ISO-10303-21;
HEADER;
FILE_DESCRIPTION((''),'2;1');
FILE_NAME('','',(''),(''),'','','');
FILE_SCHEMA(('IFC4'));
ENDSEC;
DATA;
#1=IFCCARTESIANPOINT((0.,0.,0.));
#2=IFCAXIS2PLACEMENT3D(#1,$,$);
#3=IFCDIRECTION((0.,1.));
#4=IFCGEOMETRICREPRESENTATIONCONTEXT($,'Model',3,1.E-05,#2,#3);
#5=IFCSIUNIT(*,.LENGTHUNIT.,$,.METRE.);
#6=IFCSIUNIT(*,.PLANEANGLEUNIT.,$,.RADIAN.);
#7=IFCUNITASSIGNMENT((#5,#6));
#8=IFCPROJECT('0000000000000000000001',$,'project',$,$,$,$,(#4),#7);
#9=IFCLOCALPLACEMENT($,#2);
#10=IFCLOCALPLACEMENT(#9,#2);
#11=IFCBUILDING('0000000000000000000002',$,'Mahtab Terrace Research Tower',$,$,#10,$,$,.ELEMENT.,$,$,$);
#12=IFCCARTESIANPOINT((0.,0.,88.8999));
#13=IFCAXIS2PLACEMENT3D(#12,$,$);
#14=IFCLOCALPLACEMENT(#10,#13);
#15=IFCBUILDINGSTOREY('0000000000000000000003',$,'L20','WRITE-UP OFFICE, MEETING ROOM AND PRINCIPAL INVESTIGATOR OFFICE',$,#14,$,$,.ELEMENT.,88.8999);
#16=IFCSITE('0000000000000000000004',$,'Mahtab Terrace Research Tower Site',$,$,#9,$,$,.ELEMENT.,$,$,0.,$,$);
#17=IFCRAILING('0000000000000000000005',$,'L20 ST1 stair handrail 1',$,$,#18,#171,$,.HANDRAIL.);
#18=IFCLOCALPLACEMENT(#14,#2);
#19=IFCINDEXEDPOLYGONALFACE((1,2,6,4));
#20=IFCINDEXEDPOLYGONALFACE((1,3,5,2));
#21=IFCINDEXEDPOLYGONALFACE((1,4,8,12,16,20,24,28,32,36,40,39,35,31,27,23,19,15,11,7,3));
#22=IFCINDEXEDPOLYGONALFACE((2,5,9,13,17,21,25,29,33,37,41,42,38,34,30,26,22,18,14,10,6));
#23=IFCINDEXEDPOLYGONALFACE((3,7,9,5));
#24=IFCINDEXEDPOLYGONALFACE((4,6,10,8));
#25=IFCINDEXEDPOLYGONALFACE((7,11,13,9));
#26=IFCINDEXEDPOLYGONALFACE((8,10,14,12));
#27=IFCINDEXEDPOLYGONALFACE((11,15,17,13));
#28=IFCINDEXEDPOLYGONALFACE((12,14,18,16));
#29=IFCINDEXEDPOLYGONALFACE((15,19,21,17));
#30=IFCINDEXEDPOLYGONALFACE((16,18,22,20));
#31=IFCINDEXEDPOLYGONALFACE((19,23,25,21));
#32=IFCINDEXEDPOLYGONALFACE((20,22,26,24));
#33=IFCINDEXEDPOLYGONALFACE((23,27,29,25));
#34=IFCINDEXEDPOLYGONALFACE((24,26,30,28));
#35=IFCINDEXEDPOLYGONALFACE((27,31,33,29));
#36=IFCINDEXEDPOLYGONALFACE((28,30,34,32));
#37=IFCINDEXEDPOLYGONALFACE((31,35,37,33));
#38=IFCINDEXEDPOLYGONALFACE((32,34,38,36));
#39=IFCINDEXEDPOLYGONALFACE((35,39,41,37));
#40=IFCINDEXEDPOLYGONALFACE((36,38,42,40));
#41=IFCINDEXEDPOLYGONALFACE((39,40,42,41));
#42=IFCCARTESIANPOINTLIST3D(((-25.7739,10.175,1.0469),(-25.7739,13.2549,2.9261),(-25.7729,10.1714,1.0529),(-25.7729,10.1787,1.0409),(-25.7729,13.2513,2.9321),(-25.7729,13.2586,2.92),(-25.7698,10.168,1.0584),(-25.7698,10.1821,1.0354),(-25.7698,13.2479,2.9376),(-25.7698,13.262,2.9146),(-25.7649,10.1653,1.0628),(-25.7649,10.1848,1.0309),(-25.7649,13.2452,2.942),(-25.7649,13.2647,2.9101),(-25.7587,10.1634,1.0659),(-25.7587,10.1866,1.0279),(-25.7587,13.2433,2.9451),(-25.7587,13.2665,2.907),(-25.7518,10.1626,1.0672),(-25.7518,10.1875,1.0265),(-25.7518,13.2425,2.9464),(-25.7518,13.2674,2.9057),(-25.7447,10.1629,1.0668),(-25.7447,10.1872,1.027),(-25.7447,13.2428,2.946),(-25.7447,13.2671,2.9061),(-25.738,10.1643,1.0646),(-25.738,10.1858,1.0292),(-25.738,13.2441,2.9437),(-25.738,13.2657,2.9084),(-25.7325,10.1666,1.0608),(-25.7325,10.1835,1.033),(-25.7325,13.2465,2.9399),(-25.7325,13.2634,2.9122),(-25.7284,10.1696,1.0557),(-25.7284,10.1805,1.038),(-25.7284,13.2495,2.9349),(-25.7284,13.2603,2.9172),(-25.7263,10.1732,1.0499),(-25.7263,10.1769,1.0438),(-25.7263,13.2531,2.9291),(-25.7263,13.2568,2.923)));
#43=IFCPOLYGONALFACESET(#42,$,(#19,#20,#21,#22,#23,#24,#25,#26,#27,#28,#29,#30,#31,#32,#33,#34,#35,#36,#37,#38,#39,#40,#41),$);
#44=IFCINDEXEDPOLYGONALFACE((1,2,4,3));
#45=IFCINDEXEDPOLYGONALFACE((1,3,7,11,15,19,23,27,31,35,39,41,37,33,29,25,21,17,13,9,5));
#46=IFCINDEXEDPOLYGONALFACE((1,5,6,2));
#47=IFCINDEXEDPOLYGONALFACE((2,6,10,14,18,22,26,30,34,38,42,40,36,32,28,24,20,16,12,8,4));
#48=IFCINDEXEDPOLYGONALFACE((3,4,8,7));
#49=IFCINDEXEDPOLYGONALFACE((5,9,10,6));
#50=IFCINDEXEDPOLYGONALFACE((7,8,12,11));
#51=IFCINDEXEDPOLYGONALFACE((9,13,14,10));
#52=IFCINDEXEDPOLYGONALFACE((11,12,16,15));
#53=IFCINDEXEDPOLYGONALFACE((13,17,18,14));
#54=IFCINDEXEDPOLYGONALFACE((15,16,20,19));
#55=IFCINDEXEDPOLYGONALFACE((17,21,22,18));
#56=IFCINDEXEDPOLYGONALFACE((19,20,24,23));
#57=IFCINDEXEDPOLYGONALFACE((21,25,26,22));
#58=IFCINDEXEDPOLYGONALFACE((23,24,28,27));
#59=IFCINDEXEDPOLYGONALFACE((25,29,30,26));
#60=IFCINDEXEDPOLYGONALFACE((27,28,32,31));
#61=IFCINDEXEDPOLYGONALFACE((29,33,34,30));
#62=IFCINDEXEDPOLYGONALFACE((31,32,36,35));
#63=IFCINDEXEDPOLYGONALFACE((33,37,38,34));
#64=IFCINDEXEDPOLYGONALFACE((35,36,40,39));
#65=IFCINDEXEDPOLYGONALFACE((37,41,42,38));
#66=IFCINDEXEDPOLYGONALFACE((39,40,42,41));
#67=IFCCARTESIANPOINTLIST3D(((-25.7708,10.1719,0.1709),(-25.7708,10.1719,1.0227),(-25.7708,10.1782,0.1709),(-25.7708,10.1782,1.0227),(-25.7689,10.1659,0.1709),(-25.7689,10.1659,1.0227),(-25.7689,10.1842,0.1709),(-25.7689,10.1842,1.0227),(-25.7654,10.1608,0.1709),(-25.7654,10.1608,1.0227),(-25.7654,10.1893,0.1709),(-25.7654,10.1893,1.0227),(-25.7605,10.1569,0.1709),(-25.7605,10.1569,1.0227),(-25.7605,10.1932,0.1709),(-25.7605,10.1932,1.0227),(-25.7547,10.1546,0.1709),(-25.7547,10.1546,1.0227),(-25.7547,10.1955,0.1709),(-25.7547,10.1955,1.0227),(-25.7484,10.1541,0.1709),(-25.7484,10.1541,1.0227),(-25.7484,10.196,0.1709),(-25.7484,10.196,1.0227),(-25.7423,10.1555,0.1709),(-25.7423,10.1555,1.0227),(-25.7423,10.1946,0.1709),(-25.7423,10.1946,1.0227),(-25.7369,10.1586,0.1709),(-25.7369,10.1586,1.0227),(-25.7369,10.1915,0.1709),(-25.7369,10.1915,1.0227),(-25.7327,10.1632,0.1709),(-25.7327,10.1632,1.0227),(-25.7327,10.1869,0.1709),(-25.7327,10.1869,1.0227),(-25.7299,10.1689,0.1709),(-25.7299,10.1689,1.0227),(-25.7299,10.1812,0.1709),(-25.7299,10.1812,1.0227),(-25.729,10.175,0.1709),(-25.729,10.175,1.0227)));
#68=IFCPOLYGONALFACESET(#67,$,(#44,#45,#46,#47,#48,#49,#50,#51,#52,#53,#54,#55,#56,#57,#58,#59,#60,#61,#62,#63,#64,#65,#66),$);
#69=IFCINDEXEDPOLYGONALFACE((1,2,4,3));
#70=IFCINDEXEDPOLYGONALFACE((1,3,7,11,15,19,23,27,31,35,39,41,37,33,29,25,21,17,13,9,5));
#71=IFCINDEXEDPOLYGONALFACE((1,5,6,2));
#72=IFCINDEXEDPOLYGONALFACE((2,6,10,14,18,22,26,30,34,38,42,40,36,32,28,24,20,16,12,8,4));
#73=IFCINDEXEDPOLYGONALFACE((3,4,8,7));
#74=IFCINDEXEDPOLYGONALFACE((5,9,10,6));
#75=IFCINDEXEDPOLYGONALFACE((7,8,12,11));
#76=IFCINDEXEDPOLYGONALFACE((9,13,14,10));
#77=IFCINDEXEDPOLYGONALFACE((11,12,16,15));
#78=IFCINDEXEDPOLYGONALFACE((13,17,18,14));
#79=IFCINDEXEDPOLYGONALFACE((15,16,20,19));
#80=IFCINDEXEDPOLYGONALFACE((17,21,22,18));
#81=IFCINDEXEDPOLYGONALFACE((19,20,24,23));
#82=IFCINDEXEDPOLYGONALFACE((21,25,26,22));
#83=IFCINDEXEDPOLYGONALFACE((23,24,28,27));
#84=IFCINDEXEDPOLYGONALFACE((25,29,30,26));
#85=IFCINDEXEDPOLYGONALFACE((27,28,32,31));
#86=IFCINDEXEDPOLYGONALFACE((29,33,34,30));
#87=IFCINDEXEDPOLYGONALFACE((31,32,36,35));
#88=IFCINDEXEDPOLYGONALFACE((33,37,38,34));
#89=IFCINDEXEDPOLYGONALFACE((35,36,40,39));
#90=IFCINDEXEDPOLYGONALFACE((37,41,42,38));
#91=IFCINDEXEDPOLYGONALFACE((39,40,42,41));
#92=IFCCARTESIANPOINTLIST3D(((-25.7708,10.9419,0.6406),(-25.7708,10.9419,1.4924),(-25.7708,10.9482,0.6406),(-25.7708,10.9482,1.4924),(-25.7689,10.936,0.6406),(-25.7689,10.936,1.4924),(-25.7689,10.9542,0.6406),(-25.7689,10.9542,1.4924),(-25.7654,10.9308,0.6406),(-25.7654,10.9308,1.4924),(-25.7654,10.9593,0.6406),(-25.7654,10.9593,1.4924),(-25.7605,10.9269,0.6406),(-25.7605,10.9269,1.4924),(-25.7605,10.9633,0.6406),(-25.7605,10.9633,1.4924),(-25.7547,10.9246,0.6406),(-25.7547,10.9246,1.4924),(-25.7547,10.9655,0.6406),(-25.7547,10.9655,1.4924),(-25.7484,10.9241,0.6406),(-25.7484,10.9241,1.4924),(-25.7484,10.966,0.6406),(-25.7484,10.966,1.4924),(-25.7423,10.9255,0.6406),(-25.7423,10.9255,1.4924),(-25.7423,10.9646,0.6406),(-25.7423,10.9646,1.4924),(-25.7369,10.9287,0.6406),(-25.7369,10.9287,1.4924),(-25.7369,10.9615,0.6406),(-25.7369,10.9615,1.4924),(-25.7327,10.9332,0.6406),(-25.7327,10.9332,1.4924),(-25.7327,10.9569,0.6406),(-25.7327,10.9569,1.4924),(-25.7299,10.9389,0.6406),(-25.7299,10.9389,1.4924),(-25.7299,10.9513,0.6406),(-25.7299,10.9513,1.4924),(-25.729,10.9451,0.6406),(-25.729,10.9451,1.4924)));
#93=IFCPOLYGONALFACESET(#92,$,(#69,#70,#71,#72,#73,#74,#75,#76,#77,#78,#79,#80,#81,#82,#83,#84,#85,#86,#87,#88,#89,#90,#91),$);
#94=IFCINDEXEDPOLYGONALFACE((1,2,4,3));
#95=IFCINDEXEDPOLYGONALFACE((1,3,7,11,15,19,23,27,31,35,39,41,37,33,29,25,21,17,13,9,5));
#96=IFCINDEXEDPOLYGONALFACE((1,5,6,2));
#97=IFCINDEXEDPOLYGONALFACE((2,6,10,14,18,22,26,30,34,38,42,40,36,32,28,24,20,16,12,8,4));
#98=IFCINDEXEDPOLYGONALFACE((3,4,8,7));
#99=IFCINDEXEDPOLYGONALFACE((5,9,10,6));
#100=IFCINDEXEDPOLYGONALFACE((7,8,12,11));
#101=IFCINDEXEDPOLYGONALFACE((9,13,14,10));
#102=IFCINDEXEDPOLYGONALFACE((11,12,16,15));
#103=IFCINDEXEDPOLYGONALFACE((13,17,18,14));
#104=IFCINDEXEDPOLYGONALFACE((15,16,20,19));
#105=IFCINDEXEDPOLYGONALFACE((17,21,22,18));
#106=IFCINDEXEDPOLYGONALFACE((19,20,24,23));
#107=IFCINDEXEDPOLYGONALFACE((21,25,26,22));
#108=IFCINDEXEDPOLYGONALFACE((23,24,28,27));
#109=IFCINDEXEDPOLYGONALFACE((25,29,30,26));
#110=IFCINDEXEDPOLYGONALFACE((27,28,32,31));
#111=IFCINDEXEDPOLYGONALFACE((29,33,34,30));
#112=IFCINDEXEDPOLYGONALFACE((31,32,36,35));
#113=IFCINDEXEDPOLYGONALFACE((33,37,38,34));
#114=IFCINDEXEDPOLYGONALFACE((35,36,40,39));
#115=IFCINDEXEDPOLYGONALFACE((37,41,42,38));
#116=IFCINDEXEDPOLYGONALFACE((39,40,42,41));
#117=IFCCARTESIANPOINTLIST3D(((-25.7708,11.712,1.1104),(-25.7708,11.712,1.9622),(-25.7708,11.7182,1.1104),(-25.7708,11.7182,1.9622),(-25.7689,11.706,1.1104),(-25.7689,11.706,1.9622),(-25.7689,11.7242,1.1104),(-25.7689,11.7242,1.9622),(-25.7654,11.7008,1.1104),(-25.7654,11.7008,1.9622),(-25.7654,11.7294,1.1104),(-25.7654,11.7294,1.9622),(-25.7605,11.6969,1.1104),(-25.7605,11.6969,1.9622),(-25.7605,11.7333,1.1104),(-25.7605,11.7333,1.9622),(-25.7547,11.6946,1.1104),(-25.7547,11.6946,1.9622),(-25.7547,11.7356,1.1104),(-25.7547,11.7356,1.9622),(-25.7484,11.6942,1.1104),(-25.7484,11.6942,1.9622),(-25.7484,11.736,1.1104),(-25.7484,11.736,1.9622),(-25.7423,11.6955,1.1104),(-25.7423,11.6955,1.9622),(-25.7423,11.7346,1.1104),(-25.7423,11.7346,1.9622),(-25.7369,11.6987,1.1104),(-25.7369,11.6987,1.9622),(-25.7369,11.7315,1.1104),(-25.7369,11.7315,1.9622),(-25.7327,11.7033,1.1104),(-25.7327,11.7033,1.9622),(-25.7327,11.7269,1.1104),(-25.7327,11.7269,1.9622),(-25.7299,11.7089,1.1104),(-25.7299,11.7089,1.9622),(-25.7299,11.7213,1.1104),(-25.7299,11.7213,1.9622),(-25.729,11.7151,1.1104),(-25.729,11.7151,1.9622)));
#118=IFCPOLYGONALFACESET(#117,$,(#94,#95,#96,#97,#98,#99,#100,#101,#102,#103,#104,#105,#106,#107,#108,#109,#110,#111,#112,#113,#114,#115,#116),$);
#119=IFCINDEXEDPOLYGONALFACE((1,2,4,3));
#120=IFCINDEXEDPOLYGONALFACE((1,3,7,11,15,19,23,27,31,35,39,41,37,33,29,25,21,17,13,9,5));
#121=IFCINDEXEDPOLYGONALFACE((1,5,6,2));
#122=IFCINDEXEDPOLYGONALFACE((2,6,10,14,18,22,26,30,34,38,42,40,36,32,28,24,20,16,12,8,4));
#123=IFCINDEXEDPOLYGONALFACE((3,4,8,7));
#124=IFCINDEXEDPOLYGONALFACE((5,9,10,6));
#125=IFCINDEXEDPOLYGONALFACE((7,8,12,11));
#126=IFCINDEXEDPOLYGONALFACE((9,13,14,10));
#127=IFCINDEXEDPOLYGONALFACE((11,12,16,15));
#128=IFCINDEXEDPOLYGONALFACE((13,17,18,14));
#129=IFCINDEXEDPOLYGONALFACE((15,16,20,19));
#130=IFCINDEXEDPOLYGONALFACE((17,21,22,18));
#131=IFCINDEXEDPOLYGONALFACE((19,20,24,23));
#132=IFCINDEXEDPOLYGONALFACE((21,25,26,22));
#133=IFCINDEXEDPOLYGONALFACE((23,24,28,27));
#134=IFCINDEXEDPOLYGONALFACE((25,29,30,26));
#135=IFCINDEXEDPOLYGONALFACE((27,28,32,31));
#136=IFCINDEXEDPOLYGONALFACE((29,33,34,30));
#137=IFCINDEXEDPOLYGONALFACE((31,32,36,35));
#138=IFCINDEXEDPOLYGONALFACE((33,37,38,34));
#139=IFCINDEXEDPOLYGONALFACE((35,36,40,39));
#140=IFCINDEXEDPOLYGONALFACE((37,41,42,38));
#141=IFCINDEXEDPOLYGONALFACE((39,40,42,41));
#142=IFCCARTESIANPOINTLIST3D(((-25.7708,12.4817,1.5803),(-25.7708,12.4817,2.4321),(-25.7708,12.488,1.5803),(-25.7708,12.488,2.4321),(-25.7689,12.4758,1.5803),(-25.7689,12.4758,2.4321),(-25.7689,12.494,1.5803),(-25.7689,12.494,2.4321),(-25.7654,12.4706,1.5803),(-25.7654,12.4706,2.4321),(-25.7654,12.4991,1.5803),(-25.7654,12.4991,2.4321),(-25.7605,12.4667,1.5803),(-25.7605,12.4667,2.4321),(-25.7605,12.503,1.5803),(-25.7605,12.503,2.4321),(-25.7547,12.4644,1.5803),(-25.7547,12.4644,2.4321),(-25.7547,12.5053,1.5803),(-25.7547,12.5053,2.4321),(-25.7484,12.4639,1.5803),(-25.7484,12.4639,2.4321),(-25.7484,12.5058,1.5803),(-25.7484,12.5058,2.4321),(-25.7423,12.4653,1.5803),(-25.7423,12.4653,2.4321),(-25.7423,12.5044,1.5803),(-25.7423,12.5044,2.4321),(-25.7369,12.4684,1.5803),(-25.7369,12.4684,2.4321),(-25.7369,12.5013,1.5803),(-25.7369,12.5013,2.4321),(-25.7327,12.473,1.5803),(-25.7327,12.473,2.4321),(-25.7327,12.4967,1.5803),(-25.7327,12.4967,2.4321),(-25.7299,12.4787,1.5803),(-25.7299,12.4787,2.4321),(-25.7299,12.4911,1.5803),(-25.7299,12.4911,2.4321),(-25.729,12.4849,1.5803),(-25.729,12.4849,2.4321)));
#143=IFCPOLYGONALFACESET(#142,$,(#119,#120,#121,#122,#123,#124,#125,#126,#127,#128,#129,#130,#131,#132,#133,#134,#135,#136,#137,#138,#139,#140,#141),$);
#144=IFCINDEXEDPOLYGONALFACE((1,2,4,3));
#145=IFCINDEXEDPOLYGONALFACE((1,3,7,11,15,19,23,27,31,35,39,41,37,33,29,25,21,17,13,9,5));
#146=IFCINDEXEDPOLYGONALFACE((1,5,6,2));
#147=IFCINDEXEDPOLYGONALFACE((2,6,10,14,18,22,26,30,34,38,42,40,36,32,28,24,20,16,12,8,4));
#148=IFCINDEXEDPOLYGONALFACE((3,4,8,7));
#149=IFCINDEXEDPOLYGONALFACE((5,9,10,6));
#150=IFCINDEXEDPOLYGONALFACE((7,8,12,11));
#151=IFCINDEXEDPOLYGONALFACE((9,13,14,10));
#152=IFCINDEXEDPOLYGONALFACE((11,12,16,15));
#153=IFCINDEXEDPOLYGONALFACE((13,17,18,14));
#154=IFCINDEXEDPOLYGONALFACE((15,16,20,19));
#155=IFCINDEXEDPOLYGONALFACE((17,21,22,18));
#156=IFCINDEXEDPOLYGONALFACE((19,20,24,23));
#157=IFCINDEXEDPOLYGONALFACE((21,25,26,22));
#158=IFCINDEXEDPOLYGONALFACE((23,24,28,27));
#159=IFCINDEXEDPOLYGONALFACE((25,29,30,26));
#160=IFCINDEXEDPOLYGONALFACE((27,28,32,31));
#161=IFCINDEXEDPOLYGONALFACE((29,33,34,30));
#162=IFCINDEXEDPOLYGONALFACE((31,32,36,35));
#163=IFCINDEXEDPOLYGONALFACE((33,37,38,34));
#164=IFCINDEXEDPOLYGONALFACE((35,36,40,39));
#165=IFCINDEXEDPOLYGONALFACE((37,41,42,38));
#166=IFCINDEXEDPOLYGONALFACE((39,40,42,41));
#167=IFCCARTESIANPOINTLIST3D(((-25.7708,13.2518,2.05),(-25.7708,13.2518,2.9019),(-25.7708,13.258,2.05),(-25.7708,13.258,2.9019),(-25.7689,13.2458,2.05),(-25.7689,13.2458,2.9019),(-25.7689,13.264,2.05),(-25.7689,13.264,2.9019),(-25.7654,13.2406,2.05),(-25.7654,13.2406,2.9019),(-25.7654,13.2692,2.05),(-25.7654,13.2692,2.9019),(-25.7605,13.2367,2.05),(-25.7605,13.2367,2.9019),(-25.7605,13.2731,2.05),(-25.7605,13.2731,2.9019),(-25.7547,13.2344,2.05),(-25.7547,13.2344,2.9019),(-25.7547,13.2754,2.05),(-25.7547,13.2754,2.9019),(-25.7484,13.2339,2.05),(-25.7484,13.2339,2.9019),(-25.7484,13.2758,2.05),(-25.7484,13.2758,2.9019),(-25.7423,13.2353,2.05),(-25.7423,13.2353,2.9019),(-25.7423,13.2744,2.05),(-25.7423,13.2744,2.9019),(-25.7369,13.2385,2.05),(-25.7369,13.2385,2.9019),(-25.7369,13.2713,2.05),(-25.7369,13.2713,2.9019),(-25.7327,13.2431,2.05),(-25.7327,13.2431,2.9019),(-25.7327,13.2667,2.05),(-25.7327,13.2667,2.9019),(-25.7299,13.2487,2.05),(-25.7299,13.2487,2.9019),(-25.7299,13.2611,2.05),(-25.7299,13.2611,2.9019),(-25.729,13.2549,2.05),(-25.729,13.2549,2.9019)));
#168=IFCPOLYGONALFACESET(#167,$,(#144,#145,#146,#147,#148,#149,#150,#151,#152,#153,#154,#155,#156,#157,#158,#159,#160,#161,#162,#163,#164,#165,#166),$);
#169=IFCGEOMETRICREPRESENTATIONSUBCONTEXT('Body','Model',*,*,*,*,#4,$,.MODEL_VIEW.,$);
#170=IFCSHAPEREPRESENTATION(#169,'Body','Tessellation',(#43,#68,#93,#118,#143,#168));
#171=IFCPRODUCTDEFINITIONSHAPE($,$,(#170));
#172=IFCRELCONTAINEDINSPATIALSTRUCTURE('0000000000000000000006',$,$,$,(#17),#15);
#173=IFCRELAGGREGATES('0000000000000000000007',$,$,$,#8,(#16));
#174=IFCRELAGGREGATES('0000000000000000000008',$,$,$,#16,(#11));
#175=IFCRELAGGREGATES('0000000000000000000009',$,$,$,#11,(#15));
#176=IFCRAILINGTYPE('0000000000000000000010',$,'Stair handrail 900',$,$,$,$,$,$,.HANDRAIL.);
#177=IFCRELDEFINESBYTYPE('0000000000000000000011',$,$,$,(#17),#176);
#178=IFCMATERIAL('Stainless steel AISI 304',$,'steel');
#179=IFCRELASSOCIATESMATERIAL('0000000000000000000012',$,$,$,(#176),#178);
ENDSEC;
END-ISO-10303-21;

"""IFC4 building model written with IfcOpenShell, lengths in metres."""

from ifc_helpers import new_model, si_unit, direction, frame, origin, origin_2d, place, context, subcontext, project, spatial, circle, extrude, material, type_object, element, save


model = new_model("IFC4")

# Units and contexts
model_context = context("Model", 3, precision=1e-05, world=origin(), true_north=direction((0.0, 1.0)))
body_context = subcontext(model_context, "Body", "Model", "MODEL_VIEW")
ifc_project = project(units=[si_unit("LENGTHUNIT", "METRE"), si_unit("PLANEANGLEUNIT", "RADIAN")], contexts=[model_context])

# Site, building, storey
site_placement = place(None, origin())
site = spatial("IfcSite", under=ifc_project, at=site_placement, Name="Mahtab Terrace Research Tower Site", CompositionType="ELEMENT", RefElevation=0.0)
building_placement = place(site_placement, origin())
building = spatial("IfcBuilding", under=site, at=building_placement, Name="Mahtab Terrace Research Tower", CompositionType="ELEMENT")
storey_placement = place(building_placement, frame((0.0, 0.0, 88.8999)))
storey = spatial("IfcBuildingStorey", under=building, at=storey_placement, Name="L20", Description="WRITE-UP OFFICE, MEETING ROOM AND PRINCIPAL INVESTIGATOR OFFICE", CompositionType="ELEMENT", Elevation=88.8999)

# Railing
ifc_material_1 = material(Name="Stainless steel AISI 304", Category="steel")
railing_type_1 = type_object("IfcRailingType", Name="Stair handrail 900", PredefinedType="HANDRAIL", material=ifc_material_1)
railing_1_placement = place(storey_placement, frame((-25.75, 10.175, 0.1709)))
element("IfcRailing", 1, at=railing_1_placement, inside=storey, type_object=railing_type_1, Name="L20 ST1 stair handrail 1", PredefinedType="HANDRAIL", context=body_context, shape_type="SweptSolid", body=[
    extrude(circle(Radius=0.0239, at=origin_2d()), frame((0.0, 0.0, 0.876), z_axis=(0.0, 0.853648, 0.52085), x_axis=(-1.0, 0.0, 0.0)), (0.0, 0.0, 1.0), 3.6079),
    extrude(circle(Radius=0.021, at=origin_2d()), origin(), (0.0, 0.0, 1.0), 0.8518),
    extrude(circle(Radius=0.021, at=origin_2d()), frame((0.0, 0.77, 0.4697)), (0.0, 0.0, 1.0), 0.8518),
    extrude(circle(Radius=0.021, at=origin_2d()), frame((0.0, 1.54, 0.9395)), (0.0, 0.0, 1.0), 0.8518),
    extrude(circle(Radius=0.021, at=origin_2d()), frame((0.0, 2.3098, 1.4094)), (0.0, 0.0, 1.0), 0.8518),
    extrude(circle(Radius=0.021, at=origin_2d()), frame((0.0, 3.0798, 1.8792)), (0.0, 0.0, 1.0), 0.8518),
])

save(model, "model.ifc")
